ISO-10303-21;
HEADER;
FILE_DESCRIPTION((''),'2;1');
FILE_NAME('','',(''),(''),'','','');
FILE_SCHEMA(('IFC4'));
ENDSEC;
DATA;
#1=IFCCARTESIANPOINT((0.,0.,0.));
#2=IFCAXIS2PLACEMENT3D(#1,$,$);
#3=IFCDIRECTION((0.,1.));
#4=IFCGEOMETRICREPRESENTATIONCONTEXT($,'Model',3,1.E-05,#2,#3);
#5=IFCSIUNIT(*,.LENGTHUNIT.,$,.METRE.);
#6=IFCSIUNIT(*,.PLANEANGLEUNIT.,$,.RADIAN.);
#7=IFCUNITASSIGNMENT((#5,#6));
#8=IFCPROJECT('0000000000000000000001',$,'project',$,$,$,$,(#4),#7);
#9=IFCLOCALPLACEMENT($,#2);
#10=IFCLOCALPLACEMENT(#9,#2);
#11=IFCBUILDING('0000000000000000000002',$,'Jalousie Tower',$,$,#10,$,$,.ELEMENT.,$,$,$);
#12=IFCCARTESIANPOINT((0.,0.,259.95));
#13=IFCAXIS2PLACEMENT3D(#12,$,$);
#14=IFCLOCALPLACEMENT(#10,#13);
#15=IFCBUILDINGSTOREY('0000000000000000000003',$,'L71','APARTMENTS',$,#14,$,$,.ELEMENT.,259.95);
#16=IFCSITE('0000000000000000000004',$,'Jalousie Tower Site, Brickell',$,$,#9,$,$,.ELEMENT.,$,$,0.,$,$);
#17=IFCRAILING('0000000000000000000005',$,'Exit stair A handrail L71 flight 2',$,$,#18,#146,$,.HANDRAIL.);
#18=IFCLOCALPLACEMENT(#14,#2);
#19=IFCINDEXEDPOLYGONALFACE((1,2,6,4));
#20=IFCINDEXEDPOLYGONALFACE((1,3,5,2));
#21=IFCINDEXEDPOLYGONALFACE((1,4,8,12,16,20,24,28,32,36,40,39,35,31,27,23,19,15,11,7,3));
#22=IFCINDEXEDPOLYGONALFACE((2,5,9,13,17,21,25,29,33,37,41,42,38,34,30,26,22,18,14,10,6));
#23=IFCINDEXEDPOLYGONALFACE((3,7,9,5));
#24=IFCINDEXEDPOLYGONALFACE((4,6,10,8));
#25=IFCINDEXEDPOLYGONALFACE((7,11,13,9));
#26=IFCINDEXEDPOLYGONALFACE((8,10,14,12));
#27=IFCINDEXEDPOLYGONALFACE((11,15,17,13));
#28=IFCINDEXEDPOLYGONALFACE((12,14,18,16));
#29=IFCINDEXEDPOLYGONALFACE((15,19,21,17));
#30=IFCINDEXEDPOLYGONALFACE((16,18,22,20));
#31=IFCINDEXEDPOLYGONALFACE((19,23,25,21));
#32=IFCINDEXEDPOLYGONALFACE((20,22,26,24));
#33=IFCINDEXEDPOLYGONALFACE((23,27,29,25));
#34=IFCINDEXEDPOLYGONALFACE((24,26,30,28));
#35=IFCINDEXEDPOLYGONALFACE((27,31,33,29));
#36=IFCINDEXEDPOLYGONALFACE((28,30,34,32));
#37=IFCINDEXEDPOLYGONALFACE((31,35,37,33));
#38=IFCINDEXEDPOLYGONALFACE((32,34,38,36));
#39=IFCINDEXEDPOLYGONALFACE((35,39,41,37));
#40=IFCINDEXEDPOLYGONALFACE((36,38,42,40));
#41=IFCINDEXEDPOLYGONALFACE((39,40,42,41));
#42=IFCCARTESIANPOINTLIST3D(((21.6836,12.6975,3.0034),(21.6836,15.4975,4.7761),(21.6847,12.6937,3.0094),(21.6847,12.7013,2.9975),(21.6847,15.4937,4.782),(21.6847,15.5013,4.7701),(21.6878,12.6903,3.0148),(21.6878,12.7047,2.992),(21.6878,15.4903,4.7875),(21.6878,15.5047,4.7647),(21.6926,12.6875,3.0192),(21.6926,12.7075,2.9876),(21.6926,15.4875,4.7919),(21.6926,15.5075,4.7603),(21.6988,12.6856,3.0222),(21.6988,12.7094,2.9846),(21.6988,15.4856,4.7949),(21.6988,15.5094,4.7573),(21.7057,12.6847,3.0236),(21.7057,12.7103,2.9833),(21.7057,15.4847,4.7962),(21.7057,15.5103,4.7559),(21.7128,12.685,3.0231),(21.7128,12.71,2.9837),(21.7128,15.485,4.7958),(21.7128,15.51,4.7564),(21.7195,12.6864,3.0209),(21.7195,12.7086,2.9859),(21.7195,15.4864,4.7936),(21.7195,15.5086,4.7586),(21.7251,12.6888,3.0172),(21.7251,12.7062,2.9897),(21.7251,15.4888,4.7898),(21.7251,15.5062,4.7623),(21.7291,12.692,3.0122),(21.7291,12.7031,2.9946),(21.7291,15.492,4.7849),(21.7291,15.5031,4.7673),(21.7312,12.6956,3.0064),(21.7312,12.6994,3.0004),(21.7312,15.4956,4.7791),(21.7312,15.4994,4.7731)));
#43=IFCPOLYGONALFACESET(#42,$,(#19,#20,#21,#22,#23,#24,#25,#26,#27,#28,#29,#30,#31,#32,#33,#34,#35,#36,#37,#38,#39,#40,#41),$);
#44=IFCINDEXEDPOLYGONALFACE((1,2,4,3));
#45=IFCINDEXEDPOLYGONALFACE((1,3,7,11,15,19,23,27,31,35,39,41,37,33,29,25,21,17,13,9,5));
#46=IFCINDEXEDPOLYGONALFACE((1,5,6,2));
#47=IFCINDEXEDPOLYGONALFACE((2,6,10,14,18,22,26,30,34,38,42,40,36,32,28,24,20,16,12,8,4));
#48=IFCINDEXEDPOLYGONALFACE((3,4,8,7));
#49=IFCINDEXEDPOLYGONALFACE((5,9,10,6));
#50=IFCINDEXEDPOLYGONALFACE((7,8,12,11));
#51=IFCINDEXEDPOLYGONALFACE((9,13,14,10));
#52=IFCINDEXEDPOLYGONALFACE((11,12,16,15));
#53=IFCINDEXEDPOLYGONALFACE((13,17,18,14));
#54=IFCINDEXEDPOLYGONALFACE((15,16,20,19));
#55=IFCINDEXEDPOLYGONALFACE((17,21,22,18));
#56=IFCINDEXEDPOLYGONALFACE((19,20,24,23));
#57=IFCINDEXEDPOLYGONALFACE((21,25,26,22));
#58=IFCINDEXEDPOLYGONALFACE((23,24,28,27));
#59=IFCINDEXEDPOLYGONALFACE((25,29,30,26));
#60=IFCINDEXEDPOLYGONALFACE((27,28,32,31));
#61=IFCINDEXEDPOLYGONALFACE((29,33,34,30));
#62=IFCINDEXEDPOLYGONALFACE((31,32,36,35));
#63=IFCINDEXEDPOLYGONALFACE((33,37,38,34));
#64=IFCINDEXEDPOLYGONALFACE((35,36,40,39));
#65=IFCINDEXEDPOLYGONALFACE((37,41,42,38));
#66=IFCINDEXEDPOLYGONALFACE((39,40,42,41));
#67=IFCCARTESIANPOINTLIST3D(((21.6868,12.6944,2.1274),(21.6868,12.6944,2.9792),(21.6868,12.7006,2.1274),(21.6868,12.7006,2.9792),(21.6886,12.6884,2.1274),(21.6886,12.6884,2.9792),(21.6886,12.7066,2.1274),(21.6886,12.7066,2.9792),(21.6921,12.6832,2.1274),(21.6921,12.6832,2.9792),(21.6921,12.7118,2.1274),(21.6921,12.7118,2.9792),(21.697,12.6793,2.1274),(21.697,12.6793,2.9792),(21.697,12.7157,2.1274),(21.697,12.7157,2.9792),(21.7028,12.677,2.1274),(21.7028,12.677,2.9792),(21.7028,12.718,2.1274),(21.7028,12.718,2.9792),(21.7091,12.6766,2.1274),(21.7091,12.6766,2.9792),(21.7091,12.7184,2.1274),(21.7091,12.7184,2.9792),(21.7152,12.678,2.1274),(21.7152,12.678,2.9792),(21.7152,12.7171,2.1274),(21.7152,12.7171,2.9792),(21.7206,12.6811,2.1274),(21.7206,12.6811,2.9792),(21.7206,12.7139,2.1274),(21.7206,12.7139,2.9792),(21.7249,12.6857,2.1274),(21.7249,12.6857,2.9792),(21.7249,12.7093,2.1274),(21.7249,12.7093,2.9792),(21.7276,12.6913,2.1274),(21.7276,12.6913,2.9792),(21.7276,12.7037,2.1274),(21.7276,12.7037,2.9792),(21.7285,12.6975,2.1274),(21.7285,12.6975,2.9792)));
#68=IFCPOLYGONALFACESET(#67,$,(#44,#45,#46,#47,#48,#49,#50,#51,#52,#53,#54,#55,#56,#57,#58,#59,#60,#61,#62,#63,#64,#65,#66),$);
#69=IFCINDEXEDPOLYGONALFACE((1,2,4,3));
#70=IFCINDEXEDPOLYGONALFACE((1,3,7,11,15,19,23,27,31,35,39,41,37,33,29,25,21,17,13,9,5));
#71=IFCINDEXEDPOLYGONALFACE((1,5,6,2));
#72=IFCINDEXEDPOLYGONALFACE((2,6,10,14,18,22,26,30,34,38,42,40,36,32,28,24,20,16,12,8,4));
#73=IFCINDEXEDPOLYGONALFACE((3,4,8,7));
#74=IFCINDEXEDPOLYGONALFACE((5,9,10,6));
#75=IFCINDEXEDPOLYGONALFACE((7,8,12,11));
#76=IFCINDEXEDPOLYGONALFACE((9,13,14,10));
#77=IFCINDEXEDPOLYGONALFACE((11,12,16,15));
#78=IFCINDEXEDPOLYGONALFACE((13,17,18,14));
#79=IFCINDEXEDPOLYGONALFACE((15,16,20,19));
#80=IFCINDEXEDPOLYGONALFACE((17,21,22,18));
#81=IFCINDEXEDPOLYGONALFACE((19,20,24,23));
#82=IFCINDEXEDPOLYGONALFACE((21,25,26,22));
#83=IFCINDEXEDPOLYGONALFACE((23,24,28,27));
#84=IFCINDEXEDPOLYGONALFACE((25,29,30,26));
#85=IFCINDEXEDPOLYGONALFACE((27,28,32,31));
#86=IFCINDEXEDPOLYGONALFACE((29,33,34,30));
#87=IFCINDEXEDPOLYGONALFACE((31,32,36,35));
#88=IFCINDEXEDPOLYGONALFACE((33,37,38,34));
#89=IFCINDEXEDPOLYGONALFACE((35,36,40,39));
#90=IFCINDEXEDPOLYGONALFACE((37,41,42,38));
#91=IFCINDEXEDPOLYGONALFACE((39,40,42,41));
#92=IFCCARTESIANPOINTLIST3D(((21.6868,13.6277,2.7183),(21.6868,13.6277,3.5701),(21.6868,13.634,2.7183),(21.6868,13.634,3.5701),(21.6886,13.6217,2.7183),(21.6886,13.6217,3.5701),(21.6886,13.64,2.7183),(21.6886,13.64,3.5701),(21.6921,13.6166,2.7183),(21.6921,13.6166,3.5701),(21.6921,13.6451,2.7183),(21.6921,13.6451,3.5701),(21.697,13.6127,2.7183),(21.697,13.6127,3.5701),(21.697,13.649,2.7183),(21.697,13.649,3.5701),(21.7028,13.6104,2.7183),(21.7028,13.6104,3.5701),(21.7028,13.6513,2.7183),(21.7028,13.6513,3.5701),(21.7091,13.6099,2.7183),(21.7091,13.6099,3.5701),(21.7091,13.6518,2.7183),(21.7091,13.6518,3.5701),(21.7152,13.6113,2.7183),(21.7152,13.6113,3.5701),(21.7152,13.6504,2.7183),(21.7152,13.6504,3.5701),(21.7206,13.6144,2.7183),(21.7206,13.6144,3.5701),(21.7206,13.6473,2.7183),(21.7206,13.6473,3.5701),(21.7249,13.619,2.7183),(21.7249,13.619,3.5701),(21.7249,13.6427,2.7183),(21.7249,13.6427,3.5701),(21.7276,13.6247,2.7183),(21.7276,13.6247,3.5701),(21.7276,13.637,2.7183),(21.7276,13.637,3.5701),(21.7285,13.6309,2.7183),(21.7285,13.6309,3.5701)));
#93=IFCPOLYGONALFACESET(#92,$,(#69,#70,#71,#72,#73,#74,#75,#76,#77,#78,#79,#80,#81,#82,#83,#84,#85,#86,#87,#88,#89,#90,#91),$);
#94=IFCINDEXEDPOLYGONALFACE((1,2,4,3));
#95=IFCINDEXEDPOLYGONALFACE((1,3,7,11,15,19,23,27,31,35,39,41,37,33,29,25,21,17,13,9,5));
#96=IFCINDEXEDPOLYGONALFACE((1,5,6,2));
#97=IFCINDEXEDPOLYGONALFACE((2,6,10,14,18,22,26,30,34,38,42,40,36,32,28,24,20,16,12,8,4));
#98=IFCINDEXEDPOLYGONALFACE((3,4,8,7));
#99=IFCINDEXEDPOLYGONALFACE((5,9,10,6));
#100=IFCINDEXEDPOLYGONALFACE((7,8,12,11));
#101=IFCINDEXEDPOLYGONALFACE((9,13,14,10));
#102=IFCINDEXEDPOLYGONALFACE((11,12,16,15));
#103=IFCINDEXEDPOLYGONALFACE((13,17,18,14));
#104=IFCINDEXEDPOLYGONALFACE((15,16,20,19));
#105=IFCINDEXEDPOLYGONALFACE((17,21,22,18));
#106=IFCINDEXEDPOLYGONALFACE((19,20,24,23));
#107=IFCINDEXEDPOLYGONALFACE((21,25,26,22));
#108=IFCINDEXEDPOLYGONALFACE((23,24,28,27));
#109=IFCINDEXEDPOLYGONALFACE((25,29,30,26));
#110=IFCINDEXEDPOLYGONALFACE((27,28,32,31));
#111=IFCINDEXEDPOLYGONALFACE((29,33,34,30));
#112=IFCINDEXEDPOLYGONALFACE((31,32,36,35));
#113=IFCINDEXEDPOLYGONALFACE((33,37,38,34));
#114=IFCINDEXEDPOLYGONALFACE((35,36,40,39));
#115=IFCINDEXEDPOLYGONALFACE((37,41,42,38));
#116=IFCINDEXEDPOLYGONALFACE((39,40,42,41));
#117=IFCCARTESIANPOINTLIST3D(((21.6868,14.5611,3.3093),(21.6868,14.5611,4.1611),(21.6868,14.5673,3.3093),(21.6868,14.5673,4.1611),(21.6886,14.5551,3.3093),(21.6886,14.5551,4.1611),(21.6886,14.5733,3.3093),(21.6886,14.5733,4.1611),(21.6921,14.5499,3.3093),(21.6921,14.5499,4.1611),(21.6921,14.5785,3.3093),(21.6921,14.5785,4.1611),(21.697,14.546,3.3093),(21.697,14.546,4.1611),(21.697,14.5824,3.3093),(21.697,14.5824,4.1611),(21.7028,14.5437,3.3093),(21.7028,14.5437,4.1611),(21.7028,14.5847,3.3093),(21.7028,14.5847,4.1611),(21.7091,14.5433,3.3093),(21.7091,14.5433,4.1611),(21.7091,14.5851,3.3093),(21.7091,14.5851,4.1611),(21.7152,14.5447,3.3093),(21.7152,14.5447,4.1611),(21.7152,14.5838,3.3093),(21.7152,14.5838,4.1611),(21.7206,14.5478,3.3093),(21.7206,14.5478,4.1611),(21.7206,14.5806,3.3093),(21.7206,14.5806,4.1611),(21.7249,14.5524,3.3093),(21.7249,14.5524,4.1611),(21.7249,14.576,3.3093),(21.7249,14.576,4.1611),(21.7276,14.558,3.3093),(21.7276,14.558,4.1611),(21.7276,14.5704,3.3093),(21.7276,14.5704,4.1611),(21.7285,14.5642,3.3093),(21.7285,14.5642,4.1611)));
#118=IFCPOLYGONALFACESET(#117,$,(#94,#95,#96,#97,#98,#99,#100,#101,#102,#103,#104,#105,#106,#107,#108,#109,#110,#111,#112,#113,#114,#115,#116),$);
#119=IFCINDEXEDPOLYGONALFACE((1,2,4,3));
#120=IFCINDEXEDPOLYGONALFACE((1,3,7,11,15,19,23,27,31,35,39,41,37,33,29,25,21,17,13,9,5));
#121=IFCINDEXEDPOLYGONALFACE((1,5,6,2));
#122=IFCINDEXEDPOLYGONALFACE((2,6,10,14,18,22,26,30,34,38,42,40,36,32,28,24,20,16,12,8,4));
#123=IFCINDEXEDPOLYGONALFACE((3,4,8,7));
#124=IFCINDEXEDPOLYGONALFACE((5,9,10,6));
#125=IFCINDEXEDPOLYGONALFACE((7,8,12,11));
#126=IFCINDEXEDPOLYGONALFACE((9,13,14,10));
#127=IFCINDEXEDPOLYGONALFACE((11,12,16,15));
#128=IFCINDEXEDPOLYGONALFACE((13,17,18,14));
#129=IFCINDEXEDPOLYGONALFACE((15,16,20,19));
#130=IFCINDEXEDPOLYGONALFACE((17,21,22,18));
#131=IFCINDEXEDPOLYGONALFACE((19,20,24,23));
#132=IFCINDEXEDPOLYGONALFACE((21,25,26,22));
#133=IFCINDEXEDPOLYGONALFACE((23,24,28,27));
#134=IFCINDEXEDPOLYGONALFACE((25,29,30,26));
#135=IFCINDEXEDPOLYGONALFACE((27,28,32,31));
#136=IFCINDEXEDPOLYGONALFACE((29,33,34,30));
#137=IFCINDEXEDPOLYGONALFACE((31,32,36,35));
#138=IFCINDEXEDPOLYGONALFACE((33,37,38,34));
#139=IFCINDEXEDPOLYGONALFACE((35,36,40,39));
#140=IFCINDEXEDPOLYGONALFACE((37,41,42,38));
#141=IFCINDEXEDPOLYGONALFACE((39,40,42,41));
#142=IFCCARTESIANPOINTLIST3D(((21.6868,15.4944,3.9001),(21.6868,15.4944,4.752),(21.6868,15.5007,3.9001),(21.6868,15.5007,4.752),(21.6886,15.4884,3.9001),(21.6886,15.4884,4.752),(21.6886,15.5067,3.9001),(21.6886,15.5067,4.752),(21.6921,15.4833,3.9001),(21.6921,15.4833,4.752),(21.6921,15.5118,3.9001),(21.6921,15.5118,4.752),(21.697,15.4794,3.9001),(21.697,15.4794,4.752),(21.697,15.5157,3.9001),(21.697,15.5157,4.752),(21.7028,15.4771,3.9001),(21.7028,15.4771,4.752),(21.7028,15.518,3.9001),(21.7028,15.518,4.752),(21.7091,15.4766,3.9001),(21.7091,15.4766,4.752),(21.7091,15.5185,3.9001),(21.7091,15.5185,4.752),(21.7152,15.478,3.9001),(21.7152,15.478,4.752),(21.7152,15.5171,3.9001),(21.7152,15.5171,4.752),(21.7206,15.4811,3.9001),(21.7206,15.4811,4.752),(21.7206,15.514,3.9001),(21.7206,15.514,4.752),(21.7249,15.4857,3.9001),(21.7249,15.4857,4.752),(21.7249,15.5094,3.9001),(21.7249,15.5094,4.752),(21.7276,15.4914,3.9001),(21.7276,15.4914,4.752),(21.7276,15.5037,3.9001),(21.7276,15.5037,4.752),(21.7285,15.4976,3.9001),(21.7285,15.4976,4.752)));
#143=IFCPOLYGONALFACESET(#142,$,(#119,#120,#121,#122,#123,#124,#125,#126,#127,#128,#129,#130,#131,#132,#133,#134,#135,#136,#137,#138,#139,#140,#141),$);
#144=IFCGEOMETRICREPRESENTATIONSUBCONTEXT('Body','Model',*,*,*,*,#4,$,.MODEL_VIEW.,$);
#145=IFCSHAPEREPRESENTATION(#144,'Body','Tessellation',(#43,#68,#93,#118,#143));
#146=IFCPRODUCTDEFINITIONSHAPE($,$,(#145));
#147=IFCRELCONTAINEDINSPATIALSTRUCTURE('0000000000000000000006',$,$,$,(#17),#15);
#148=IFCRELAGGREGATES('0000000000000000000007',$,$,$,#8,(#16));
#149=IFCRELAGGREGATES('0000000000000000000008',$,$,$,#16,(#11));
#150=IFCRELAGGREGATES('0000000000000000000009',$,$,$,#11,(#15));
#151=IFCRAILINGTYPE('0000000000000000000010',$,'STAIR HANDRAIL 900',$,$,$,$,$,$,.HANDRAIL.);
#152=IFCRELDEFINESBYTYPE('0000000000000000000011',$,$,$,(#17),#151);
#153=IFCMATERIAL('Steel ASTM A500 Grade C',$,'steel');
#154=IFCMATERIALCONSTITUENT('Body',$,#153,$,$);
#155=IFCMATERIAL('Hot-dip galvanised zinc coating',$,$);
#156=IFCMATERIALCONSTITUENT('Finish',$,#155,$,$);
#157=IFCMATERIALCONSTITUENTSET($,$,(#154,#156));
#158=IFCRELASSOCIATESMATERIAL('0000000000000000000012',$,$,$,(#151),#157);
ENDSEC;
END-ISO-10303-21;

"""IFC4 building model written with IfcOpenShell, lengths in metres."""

from ifc_helpers import new_model, si_unit, direction, frame, origin, origin_2d, place, context, subcontext, project, spatial, circle, extrude, material, constituent, constituent_set, type_object, element, save


model = new_model("IFC4")

# Units and contexts
model_context = context("Model", 3, precision=1e-05, world=origin(), true_north=direction((0.0, 1.0)))
body_context = subcontext(model_context, "Body", "Model", "MODEL_VIEW")
ifc_project = project(units=[si_unit("LENGTHUNIT", "METRE"), si_unit("PLANEANGLEUNIT", "RADIAN")], contexts=[model_context])

# Site, building, storey
site_placement = place(None, origin())
site = spatial("IfcSite", under=ifc_project, at=site_placement, Name="Jalousie Tower Site, Brickell", CompositionType="ELEMENT", RefElevation=0.0)
building_placement = place(site_placement, origin())
building = spatial("IfcBuilding", under=site, at=building_placement, Name="Jalousie Tower", CompositionType="ELEMENT")
storey_placement = place(building_placement, frame((0.0, 0.0, 259.95)))
storey = spatial("IfcBuildingStorey", under=building, at=storey_placement, Name="L71", Description="APARTMENTS", CompositionType="ELEMENT", Elevation=259.95)

# Railing
ifc_material_1 = material(Name="Steel ASTM A500 Grade C", Category="steel")
ifc_constituent_1 = constituent(ifc_material_1, Name="Body")
ifc_material_2 = material(Name="Hot-dip galvanised zinc coating")
ifc_constituent_2 = constituent(ifc_material_2, Name="Finish")
ifc_constituent_set_1 = constituent_set(constituents=[ifc_constituent_1, ifc_constituent_2])
railing_type_1 = type_object("IfcRailingType", Name="STAIR HANDRAIL 900", PredefinedType="HANDRAIL", material=ifc_constituent_set_1)
railing_1_placement = place(storey_placement, frame((21.7075, 12.6975, 2.1274)))
element("IfcRailing", 1, at=railing_1_placement, inside=storey, type_object=railing_type_1, Name="Exit stair A handrail L71 flight 2", PredefinedType="HANDRAIL", context=body_context, shape_type="SweptSolid", body=[
    extrude(circle(Radius=0.0239, at=origin_2d()), frame((0.0, 0.0, 0.876), z_axis=(0.0, 0.844909, 0.53491), x_axis=(-1.0, 0.0, 0.0)), (0.0, 0.0, 1.0), 3.314),
    extrude(circle(Radius=0.021, at=origin_2d()), origin(), (0.0, 0.0, 1.0), 0.8518),
    extrude(circle(Radius=0.021, at=origin_2d()), frame((0.0, 0.9333, 0.5908)), (0.0, 0.0, 1.0), 0.8518),
    extrude(circle(Radius=0.021, at=origin_2d()), frame((0.0, 1.8667, 1.1819)), (0.0, 0.0, 1.0), 0.8518),
    extrude(circle(Radius=0.021, at=origin_2d()), frame((0.0, 2.8, 1.7727)), (0.0, 0.0, 1.0), 0.8518),
])

save(model, "model.ifc")
